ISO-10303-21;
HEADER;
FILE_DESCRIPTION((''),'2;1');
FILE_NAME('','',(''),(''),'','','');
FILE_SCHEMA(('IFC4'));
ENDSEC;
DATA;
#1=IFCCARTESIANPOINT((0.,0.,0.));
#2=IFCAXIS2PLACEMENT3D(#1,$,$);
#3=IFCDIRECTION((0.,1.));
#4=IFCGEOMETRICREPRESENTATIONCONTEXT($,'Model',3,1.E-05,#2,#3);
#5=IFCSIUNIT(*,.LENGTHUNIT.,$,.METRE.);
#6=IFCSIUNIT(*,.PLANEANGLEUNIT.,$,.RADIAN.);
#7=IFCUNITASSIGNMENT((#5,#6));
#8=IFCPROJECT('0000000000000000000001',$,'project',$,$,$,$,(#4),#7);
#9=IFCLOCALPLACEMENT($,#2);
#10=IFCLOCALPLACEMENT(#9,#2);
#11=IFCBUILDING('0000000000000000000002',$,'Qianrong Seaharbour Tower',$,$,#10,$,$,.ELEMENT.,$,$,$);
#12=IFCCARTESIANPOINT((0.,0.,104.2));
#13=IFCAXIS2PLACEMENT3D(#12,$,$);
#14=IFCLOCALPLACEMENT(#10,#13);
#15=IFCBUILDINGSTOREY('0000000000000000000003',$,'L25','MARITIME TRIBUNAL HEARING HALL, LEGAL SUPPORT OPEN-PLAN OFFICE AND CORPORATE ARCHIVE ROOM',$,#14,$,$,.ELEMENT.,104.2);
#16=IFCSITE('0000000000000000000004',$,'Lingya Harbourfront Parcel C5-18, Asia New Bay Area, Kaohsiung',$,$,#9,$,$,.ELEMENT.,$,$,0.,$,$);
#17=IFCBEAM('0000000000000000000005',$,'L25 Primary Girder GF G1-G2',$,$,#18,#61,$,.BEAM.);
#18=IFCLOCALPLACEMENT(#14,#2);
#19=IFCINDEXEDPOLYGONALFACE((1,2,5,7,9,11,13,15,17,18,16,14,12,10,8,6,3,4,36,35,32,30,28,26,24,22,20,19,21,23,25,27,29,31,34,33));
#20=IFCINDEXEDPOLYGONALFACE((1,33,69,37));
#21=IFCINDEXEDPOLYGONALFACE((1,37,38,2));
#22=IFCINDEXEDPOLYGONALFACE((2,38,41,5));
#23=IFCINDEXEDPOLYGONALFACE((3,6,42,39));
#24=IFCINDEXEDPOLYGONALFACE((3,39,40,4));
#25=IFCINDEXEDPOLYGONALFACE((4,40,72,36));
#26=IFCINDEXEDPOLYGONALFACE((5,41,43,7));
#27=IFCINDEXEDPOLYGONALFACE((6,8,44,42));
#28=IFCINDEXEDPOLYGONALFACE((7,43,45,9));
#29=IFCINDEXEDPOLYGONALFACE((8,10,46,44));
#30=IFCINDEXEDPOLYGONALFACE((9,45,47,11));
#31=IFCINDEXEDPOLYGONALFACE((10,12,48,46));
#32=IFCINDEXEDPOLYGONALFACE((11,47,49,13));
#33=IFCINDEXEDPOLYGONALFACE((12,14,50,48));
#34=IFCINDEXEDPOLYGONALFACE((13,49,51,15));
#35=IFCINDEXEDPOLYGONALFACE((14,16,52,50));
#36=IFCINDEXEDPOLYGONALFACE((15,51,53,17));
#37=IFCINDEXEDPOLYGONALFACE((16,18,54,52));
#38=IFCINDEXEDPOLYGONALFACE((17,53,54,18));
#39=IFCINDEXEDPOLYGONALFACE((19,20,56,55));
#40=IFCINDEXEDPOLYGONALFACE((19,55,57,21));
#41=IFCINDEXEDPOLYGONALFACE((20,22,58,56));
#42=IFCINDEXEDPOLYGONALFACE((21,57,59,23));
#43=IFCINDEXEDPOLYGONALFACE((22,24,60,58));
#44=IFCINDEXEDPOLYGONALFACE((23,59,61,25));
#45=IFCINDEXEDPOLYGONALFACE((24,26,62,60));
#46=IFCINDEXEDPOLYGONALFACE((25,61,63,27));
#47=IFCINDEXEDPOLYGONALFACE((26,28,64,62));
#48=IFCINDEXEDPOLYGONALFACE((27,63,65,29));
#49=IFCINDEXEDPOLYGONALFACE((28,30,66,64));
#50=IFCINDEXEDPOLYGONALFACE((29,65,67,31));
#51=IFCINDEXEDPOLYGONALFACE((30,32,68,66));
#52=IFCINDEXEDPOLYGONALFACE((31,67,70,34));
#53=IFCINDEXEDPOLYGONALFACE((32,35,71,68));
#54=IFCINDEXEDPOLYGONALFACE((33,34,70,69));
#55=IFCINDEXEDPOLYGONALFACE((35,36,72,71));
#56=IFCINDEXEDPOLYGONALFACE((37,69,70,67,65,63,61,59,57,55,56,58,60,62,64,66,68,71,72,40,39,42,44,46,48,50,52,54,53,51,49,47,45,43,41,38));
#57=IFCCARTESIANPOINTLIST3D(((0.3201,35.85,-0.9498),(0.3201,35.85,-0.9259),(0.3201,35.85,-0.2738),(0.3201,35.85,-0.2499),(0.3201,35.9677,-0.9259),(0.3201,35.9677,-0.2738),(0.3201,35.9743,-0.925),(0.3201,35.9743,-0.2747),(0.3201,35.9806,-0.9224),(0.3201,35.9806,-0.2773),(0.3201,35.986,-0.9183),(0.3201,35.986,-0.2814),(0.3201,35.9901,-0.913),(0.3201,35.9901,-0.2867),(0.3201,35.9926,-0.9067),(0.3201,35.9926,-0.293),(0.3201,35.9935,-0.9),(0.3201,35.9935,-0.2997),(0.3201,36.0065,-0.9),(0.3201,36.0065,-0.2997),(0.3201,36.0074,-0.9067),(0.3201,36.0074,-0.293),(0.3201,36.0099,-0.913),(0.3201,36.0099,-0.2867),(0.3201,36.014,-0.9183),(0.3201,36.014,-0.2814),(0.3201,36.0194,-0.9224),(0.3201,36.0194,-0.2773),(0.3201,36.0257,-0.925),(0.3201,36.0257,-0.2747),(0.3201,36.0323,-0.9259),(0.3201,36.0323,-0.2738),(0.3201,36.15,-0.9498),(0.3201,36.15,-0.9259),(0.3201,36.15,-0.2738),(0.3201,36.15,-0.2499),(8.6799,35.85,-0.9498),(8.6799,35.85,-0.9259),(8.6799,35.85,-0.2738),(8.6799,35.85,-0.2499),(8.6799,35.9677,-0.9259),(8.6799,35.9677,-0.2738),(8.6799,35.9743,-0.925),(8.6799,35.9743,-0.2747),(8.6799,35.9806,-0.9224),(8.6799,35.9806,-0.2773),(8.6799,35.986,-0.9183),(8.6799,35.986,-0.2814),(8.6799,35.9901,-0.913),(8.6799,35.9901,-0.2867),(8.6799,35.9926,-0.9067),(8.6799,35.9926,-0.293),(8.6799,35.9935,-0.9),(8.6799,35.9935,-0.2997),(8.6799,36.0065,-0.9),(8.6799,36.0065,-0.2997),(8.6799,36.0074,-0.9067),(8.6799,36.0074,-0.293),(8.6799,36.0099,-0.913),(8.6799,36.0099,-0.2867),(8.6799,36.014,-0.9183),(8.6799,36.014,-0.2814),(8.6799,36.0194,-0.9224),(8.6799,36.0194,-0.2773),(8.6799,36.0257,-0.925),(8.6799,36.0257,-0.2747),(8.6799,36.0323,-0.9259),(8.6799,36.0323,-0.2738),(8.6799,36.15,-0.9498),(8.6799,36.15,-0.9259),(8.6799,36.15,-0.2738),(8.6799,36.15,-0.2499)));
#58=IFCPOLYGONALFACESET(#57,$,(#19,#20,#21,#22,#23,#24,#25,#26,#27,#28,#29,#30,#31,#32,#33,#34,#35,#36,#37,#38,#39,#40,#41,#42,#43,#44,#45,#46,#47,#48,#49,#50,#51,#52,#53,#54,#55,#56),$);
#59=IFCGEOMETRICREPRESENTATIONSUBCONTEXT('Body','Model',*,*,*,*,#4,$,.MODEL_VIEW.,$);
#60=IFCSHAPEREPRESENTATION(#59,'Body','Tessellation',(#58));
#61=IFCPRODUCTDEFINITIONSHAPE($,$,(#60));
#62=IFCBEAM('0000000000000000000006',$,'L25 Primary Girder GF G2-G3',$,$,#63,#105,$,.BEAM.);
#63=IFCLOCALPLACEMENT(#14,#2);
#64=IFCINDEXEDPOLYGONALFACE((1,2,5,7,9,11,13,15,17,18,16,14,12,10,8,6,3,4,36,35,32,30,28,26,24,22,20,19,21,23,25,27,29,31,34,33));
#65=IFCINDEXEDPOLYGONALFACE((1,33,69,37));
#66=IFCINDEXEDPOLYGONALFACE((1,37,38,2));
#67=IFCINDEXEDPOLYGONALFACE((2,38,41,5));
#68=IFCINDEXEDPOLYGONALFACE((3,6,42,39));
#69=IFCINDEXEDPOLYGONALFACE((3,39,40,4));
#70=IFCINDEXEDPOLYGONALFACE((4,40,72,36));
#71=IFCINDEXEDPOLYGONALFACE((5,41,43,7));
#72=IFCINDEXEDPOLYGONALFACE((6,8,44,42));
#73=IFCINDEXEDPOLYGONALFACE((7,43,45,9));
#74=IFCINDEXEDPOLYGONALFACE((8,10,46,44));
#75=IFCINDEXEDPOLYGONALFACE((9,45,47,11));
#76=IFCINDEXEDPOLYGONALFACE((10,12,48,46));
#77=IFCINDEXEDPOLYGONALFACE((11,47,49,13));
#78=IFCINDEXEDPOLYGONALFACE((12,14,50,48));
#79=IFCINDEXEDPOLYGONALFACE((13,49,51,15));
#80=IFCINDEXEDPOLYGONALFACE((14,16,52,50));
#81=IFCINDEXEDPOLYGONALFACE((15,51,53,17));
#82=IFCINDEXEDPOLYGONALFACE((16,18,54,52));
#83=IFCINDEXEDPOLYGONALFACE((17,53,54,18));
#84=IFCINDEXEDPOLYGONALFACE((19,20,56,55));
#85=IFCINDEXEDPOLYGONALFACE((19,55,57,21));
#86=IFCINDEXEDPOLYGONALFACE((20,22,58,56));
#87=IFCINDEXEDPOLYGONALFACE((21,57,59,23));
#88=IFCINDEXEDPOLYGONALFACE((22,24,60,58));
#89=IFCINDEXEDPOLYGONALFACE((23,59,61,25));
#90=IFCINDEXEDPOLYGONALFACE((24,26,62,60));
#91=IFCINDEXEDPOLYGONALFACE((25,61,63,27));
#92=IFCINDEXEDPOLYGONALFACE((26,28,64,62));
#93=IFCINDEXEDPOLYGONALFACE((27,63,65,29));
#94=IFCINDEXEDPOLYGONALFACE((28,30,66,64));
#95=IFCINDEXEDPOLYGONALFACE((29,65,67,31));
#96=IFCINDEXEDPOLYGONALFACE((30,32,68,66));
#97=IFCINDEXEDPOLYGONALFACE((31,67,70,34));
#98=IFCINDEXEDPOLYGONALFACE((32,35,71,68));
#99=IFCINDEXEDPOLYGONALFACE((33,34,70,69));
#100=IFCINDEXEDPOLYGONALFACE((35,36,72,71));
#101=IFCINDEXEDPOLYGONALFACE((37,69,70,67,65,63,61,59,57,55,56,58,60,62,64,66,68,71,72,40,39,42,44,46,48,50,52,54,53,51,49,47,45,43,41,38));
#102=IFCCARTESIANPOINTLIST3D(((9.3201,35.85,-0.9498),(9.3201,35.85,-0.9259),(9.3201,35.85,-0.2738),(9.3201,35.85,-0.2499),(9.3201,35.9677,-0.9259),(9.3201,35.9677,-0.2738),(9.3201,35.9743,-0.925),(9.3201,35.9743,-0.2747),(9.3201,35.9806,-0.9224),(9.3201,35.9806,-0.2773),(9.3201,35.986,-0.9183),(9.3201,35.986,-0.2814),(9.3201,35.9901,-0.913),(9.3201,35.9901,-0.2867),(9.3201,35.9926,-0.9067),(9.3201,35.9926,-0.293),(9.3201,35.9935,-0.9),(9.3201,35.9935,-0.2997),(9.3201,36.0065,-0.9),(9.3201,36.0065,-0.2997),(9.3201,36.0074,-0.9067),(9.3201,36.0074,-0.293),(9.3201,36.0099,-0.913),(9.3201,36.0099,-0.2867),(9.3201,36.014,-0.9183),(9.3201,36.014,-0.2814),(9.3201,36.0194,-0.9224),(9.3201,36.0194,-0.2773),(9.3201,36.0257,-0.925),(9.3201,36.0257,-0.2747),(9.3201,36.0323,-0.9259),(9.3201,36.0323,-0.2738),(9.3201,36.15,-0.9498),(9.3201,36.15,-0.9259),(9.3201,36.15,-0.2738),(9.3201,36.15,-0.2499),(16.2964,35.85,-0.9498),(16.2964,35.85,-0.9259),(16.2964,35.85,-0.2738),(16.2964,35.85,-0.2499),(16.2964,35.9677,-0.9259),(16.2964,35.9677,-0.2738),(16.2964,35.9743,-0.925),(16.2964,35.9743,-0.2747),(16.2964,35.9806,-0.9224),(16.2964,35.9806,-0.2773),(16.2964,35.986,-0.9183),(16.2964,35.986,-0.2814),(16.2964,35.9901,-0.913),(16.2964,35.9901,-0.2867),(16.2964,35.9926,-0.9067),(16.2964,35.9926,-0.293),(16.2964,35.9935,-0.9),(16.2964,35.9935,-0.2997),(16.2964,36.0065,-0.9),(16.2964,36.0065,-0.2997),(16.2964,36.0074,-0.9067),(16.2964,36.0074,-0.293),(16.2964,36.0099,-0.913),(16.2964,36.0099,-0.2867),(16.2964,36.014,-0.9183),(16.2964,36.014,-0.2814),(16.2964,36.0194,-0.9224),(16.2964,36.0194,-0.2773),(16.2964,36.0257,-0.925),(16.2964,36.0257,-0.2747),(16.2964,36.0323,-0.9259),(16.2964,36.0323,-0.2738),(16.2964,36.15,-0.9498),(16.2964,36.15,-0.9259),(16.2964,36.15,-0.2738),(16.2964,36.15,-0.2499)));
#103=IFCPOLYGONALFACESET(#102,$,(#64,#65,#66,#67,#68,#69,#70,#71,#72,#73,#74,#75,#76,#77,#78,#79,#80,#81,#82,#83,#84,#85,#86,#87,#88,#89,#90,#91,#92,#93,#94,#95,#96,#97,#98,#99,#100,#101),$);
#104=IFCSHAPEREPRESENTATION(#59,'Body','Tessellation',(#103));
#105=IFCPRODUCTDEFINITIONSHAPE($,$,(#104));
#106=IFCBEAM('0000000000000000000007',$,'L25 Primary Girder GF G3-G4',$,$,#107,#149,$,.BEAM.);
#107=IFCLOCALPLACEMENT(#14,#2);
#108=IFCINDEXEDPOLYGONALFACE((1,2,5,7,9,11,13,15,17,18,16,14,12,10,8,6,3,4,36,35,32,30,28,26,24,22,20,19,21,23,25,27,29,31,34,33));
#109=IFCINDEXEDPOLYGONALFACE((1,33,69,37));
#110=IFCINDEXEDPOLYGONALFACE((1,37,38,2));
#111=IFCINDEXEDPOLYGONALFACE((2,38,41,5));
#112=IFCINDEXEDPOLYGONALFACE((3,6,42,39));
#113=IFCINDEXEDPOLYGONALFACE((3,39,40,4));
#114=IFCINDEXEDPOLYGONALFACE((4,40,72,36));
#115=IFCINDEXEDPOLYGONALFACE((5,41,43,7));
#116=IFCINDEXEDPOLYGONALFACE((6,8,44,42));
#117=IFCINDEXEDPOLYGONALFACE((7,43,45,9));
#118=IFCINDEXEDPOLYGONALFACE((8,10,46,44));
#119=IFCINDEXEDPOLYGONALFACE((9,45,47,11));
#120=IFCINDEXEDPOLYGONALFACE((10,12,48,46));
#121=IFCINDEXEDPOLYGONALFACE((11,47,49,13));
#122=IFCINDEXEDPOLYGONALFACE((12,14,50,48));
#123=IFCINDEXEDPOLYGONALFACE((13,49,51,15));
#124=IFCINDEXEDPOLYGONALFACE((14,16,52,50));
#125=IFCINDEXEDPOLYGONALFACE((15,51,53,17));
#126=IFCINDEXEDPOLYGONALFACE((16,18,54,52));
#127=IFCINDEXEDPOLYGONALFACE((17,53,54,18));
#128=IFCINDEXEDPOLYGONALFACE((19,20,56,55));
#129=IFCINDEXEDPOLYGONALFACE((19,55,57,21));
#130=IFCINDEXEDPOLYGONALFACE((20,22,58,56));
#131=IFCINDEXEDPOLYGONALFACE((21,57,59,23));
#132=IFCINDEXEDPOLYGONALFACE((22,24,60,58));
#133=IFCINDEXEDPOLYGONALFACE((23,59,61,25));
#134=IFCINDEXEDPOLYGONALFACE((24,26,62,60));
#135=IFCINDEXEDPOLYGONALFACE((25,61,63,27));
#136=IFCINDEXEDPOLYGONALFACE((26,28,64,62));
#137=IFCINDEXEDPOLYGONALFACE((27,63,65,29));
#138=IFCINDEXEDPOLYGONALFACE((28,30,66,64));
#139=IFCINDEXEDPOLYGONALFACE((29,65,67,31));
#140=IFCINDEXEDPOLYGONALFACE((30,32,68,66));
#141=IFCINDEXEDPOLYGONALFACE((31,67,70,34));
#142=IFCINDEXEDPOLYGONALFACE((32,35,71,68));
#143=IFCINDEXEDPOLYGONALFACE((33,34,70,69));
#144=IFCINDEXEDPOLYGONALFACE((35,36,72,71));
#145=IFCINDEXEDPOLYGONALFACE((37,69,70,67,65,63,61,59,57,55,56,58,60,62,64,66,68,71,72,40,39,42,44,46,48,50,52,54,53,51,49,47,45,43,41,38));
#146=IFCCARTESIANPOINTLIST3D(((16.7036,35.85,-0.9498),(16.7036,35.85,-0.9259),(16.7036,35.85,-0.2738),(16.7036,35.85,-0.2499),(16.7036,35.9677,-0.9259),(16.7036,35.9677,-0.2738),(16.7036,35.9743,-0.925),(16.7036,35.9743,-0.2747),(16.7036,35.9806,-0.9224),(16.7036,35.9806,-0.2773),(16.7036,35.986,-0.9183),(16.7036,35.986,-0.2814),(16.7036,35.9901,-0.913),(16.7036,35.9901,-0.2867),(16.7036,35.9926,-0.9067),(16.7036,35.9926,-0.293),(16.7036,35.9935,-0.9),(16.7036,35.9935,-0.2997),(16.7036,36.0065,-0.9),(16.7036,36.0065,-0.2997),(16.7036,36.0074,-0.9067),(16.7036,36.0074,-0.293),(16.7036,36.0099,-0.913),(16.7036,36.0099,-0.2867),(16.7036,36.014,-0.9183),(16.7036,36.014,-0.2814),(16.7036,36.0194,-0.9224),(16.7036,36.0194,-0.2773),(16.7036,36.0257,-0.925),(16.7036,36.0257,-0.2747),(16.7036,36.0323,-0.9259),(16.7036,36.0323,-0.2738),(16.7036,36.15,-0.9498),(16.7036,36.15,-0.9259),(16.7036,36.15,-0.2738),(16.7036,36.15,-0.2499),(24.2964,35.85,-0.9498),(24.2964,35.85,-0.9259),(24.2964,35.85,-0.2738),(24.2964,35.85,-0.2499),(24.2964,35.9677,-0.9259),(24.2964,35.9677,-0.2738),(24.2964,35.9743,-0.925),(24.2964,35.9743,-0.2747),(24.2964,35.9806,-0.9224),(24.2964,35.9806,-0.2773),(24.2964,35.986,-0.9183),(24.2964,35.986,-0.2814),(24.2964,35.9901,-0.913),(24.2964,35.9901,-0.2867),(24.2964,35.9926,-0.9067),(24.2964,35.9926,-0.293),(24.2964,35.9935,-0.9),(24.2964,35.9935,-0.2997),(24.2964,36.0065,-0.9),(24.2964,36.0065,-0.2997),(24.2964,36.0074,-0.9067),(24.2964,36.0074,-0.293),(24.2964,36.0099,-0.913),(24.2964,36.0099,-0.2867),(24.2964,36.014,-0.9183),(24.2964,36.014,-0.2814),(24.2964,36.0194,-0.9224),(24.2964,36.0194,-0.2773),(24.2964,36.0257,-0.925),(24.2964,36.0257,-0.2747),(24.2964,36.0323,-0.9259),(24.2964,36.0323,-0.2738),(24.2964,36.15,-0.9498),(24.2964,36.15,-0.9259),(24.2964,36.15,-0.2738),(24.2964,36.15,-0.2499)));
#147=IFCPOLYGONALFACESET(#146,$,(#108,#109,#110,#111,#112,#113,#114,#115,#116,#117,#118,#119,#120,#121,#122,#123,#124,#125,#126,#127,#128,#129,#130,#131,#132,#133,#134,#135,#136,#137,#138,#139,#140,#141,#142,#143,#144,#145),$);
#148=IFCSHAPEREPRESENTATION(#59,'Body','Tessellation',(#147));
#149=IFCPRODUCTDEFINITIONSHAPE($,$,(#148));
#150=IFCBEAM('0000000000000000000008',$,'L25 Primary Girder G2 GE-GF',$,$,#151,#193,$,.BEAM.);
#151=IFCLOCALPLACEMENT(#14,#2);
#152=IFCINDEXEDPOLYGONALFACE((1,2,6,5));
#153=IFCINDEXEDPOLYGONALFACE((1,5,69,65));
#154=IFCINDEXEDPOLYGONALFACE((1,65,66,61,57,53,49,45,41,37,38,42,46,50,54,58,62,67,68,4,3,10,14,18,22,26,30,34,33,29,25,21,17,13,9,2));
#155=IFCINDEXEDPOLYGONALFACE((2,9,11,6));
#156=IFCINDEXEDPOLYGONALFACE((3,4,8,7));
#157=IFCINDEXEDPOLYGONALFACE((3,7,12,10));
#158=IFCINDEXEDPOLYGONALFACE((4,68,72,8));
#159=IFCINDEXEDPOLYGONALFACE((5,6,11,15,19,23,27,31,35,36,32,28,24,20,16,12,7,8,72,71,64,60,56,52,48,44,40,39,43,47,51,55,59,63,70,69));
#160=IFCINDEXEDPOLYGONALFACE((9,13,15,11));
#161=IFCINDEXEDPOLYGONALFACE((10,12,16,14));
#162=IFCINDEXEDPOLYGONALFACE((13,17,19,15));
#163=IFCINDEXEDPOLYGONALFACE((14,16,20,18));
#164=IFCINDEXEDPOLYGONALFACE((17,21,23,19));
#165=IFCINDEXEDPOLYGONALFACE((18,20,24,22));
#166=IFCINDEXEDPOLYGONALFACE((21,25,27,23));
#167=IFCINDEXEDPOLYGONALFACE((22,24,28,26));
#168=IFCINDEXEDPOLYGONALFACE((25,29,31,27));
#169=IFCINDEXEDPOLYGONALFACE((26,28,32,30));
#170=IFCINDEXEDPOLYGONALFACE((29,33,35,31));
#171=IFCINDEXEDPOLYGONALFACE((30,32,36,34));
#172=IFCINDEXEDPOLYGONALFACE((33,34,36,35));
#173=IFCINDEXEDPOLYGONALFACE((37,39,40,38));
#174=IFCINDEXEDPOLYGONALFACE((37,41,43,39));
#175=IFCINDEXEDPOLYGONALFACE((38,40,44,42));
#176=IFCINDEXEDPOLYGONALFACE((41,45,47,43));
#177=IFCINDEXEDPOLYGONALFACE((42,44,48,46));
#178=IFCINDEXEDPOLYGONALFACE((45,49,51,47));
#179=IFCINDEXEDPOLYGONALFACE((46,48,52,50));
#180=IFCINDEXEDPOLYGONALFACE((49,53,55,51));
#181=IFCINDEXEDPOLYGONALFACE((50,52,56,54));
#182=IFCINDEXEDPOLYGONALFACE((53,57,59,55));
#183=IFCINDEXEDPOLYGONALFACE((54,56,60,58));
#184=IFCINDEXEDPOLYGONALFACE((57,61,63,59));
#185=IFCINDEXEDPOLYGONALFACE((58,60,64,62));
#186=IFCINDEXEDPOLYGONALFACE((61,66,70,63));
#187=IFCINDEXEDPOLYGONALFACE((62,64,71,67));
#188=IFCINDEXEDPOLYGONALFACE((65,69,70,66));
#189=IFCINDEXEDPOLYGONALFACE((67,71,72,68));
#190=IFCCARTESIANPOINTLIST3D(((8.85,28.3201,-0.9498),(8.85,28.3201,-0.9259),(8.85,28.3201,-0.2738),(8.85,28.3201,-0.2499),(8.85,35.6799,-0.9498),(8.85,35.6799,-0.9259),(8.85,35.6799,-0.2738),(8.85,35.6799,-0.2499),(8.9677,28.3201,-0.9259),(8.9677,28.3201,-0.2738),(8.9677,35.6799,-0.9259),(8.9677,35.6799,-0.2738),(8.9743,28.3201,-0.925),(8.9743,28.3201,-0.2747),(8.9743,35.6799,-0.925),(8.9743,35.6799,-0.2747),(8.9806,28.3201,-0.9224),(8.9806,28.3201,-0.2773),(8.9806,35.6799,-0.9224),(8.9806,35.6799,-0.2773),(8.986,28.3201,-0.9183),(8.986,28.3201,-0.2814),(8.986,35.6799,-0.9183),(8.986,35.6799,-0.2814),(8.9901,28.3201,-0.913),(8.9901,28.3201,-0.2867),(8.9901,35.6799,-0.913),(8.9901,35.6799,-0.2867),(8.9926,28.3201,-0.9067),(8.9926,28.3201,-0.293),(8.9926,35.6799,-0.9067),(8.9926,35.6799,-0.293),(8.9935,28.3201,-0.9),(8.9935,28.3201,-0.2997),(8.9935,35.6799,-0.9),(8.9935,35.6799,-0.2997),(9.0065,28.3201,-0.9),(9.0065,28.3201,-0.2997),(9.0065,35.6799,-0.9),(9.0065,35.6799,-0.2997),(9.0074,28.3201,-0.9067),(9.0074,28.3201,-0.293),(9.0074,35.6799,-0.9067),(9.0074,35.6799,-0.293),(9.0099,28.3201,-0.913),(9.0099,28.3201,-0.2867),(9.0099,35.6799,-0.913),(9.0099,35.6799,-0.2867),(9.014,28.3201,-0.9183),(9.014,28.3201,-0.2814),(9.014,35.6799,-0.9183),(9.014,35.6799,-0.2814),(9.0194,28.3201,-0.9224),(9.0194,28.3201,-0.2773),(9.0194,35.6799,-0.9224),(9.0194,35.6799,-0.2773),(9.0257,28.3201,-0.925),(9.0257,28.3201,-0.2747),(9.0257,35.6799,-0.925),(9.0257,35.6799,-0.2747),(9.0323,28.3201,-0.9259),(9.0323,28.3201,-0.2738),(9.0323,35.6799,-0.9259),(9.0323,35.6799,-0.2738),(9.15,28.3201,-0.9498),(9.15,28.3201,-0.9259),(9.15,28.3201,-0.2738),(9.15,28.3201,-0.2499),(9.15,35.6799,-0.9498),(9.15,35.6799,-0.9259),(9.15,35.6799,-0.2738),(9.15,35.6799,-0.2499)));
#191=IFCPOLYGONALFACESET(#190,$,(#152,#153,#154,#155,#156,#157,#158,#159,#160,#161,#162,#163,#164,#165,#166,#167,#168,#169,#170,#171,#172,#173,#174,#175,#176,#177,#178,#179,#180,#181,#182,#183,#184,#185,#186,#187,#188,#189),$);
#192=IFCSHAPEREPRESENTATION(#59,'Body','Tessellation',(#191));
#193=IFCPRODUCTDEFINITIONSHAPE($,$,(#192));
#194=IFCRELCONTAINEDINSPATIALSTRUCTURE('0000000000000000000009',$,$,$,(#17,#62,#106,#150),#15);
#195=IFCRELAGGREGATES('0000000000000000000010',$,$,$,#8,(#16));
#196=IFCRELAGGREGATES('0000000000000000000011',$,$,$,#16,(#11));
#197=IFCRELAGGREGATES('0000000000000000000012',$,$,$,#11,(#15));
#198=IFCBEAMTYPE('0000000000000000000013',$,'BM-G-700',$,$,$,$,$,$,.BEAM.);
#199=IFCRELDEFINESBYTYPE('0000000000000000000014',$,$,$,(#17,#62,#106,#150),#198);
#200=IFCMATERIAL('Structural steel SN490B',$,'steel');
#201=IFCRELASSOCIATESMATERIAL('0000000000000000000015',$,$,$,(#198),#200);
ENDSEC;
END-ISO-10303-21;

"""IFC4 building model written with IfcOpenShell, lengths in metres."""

from ifc_helpers import new_model, si_unit, direction, frame, origin, origin_2d, place, context, subcontext, project, spatial, i_section, extrude, material, material_profile, profile_set, type_object, element, save


model = new_model("IFC4")

# Units and contexts
model_context = context("Model", 3, precision=1e-05, world=origin(), true_north=direction((0.0, 1.0)))
body_context = subcontext(model_context, "Body", "Model", "MODEL_VIEW")
ifc_project = project(units=[si_unit("LENGTHUNIT", "METRE"), si_unit("PLANEANGLEUNIT", "RADIAN")], contexts=[model_context])

# Site, building, storey
site_placement = place(None, origin())
site = spatial("IfcSite", under=ifc_project, at=site_placement, Name="Lingya Harbourfront Parcel C5-18, Asia New Bay Area, Kaohsiung", CompositionType="ELEMENT", RefElevation=0.0)
building_placement = place(site_placement, origin())
building = spatial("IfcBuilding", under=site, at=building_placement, Name="Qianrong Seaharbour Tower", CompositionType="ELEMENT")
storey_placement = place(building_placement, frame((0.0, 0.0, 104.2)))
storey = spatial("IfcBuildingStorey", under=building, at=storey_placement, Name="L25", Description="MARITIME TRIBUNAL HEARING HALL, LEGAL SUPPORT OPEN-PLAN OFFICE AND CORPORATE ARCHIVE ROOM", CompositionType="ELEMENT", Elevation=104.2)

# Shared definitions
ifc_material_1 = material(Name="Structural steel SN490B", Category="steel")

# Beams
ifc_material_profile_1 = material_profile(ifc_material_1, i_section(OverallWidth=0.3, OverallDepth=0.7, WebThickness=0.0129, FlangeThickness=0.0239, FilletRadius=0.0259, at=origin_2d()), Name="H700x300x13x24")
ifc_profile_set_1 = profile_set([ifc_material_profile_1], Name="Structural steel SN490B")
beam_type_1 = type_object("IfcBeamType", Name="BM-G-700", PredefinedType="BEAM", material=ifc_profile_set_1)
beam_1_placement = place(storey_placement, frame((0.3201, 36.0, -0.5999), z_axis=(1.0, 0.0, 0.0), x_axis=(0.0, 1.0, 0.0)))
element("IfcBeam", 1, at=beam_1_placement, inside=storey, type_object=beam_type_1, Name="L25 Primary Girder GF G1-G2", PredefinedType="BEAM", context=body_context, shape_type="SweptSolid", body=[
    extrude(i_section(OverallWidth=0.3, OverallDepth=0.7, WebThickness=0.0129, FlangeThickness=0.0239, FilletRadius=0.0259, at=origin_2d()), origin(), (0.0, 0.0, 1.0), 8.3599),
])
beam_2_placement = place(storey_placement, frame((9.3201, 36.0, -0.5999), z_axis=(1.0, 0.0, 0.0), x_axis=(0.0, 1.0, 0.0)))
element("IfcBeam", 2, at=beam_2_placement, inside=storey, type_object=beam_type_1, Name="L25 Primary Girder GF G2-G3", PredefinedType="BEAM", context=body_context, shape_type="SweptSolid", body=[
    extrude(i_section(OverallWidth=0.3, OverallDepth=0.7, WebThickness=0.0129, FlangeThickness=0.0239, FilletRadius=0.0259, at=origin_2d()), origin(), (0.0, 0.0, 1.0), 6.9763),
])
beam_3_placement = place(storey_placement, frame((16.7036, 36.0, -0.5999), z_axis=(1.0, 0.0, 0.0), x_axis=(0.0, 1.0, 0.0)))
element("IfcBeam", 3, at=beam_3_placement, inside=storey, type_object=beam_type_1, Name="L25 Primary Girder GF G3-G4", PredefinedType="BEAM", context=body_context, shape_type="SweptSolid", body=[
    extrude(i_section(OverallWidth=0.3, OverallDepth=0.7, WebThickness=0.0129, FlangeThickness=0.0239, FilletRadius=0.0259, at=origin_2d()), origin(), (0.0, 0.0, 1.0), 7.5928),
])
beam_4_placement = place(storey_placement, frame((9.0, 28.3201, -0.5999), z_axis=(0.0, 1.0, 0.0), x_axis=(-1.0, 0.0, 0.0)))
element("IfcBeam", 4, at=beam_4_placement, inside=storey, type_object=beam_type_1, Name="L25 Primary Girder G2 GE-GF", PredefinedType="BEAM", context=body_context, shape_type="SweptSolid", body=[
    extrude(i_section(OverallWidth=0.3, OverallDepth=0.7, WebThickness=0.0129, FlangeThickness=0.0239, FilletRadius=0.0259, at=origin_2d()), origin(), (0.0, 0.0, 1.0), 7.3599),
])

save(model, "model.ifc")
